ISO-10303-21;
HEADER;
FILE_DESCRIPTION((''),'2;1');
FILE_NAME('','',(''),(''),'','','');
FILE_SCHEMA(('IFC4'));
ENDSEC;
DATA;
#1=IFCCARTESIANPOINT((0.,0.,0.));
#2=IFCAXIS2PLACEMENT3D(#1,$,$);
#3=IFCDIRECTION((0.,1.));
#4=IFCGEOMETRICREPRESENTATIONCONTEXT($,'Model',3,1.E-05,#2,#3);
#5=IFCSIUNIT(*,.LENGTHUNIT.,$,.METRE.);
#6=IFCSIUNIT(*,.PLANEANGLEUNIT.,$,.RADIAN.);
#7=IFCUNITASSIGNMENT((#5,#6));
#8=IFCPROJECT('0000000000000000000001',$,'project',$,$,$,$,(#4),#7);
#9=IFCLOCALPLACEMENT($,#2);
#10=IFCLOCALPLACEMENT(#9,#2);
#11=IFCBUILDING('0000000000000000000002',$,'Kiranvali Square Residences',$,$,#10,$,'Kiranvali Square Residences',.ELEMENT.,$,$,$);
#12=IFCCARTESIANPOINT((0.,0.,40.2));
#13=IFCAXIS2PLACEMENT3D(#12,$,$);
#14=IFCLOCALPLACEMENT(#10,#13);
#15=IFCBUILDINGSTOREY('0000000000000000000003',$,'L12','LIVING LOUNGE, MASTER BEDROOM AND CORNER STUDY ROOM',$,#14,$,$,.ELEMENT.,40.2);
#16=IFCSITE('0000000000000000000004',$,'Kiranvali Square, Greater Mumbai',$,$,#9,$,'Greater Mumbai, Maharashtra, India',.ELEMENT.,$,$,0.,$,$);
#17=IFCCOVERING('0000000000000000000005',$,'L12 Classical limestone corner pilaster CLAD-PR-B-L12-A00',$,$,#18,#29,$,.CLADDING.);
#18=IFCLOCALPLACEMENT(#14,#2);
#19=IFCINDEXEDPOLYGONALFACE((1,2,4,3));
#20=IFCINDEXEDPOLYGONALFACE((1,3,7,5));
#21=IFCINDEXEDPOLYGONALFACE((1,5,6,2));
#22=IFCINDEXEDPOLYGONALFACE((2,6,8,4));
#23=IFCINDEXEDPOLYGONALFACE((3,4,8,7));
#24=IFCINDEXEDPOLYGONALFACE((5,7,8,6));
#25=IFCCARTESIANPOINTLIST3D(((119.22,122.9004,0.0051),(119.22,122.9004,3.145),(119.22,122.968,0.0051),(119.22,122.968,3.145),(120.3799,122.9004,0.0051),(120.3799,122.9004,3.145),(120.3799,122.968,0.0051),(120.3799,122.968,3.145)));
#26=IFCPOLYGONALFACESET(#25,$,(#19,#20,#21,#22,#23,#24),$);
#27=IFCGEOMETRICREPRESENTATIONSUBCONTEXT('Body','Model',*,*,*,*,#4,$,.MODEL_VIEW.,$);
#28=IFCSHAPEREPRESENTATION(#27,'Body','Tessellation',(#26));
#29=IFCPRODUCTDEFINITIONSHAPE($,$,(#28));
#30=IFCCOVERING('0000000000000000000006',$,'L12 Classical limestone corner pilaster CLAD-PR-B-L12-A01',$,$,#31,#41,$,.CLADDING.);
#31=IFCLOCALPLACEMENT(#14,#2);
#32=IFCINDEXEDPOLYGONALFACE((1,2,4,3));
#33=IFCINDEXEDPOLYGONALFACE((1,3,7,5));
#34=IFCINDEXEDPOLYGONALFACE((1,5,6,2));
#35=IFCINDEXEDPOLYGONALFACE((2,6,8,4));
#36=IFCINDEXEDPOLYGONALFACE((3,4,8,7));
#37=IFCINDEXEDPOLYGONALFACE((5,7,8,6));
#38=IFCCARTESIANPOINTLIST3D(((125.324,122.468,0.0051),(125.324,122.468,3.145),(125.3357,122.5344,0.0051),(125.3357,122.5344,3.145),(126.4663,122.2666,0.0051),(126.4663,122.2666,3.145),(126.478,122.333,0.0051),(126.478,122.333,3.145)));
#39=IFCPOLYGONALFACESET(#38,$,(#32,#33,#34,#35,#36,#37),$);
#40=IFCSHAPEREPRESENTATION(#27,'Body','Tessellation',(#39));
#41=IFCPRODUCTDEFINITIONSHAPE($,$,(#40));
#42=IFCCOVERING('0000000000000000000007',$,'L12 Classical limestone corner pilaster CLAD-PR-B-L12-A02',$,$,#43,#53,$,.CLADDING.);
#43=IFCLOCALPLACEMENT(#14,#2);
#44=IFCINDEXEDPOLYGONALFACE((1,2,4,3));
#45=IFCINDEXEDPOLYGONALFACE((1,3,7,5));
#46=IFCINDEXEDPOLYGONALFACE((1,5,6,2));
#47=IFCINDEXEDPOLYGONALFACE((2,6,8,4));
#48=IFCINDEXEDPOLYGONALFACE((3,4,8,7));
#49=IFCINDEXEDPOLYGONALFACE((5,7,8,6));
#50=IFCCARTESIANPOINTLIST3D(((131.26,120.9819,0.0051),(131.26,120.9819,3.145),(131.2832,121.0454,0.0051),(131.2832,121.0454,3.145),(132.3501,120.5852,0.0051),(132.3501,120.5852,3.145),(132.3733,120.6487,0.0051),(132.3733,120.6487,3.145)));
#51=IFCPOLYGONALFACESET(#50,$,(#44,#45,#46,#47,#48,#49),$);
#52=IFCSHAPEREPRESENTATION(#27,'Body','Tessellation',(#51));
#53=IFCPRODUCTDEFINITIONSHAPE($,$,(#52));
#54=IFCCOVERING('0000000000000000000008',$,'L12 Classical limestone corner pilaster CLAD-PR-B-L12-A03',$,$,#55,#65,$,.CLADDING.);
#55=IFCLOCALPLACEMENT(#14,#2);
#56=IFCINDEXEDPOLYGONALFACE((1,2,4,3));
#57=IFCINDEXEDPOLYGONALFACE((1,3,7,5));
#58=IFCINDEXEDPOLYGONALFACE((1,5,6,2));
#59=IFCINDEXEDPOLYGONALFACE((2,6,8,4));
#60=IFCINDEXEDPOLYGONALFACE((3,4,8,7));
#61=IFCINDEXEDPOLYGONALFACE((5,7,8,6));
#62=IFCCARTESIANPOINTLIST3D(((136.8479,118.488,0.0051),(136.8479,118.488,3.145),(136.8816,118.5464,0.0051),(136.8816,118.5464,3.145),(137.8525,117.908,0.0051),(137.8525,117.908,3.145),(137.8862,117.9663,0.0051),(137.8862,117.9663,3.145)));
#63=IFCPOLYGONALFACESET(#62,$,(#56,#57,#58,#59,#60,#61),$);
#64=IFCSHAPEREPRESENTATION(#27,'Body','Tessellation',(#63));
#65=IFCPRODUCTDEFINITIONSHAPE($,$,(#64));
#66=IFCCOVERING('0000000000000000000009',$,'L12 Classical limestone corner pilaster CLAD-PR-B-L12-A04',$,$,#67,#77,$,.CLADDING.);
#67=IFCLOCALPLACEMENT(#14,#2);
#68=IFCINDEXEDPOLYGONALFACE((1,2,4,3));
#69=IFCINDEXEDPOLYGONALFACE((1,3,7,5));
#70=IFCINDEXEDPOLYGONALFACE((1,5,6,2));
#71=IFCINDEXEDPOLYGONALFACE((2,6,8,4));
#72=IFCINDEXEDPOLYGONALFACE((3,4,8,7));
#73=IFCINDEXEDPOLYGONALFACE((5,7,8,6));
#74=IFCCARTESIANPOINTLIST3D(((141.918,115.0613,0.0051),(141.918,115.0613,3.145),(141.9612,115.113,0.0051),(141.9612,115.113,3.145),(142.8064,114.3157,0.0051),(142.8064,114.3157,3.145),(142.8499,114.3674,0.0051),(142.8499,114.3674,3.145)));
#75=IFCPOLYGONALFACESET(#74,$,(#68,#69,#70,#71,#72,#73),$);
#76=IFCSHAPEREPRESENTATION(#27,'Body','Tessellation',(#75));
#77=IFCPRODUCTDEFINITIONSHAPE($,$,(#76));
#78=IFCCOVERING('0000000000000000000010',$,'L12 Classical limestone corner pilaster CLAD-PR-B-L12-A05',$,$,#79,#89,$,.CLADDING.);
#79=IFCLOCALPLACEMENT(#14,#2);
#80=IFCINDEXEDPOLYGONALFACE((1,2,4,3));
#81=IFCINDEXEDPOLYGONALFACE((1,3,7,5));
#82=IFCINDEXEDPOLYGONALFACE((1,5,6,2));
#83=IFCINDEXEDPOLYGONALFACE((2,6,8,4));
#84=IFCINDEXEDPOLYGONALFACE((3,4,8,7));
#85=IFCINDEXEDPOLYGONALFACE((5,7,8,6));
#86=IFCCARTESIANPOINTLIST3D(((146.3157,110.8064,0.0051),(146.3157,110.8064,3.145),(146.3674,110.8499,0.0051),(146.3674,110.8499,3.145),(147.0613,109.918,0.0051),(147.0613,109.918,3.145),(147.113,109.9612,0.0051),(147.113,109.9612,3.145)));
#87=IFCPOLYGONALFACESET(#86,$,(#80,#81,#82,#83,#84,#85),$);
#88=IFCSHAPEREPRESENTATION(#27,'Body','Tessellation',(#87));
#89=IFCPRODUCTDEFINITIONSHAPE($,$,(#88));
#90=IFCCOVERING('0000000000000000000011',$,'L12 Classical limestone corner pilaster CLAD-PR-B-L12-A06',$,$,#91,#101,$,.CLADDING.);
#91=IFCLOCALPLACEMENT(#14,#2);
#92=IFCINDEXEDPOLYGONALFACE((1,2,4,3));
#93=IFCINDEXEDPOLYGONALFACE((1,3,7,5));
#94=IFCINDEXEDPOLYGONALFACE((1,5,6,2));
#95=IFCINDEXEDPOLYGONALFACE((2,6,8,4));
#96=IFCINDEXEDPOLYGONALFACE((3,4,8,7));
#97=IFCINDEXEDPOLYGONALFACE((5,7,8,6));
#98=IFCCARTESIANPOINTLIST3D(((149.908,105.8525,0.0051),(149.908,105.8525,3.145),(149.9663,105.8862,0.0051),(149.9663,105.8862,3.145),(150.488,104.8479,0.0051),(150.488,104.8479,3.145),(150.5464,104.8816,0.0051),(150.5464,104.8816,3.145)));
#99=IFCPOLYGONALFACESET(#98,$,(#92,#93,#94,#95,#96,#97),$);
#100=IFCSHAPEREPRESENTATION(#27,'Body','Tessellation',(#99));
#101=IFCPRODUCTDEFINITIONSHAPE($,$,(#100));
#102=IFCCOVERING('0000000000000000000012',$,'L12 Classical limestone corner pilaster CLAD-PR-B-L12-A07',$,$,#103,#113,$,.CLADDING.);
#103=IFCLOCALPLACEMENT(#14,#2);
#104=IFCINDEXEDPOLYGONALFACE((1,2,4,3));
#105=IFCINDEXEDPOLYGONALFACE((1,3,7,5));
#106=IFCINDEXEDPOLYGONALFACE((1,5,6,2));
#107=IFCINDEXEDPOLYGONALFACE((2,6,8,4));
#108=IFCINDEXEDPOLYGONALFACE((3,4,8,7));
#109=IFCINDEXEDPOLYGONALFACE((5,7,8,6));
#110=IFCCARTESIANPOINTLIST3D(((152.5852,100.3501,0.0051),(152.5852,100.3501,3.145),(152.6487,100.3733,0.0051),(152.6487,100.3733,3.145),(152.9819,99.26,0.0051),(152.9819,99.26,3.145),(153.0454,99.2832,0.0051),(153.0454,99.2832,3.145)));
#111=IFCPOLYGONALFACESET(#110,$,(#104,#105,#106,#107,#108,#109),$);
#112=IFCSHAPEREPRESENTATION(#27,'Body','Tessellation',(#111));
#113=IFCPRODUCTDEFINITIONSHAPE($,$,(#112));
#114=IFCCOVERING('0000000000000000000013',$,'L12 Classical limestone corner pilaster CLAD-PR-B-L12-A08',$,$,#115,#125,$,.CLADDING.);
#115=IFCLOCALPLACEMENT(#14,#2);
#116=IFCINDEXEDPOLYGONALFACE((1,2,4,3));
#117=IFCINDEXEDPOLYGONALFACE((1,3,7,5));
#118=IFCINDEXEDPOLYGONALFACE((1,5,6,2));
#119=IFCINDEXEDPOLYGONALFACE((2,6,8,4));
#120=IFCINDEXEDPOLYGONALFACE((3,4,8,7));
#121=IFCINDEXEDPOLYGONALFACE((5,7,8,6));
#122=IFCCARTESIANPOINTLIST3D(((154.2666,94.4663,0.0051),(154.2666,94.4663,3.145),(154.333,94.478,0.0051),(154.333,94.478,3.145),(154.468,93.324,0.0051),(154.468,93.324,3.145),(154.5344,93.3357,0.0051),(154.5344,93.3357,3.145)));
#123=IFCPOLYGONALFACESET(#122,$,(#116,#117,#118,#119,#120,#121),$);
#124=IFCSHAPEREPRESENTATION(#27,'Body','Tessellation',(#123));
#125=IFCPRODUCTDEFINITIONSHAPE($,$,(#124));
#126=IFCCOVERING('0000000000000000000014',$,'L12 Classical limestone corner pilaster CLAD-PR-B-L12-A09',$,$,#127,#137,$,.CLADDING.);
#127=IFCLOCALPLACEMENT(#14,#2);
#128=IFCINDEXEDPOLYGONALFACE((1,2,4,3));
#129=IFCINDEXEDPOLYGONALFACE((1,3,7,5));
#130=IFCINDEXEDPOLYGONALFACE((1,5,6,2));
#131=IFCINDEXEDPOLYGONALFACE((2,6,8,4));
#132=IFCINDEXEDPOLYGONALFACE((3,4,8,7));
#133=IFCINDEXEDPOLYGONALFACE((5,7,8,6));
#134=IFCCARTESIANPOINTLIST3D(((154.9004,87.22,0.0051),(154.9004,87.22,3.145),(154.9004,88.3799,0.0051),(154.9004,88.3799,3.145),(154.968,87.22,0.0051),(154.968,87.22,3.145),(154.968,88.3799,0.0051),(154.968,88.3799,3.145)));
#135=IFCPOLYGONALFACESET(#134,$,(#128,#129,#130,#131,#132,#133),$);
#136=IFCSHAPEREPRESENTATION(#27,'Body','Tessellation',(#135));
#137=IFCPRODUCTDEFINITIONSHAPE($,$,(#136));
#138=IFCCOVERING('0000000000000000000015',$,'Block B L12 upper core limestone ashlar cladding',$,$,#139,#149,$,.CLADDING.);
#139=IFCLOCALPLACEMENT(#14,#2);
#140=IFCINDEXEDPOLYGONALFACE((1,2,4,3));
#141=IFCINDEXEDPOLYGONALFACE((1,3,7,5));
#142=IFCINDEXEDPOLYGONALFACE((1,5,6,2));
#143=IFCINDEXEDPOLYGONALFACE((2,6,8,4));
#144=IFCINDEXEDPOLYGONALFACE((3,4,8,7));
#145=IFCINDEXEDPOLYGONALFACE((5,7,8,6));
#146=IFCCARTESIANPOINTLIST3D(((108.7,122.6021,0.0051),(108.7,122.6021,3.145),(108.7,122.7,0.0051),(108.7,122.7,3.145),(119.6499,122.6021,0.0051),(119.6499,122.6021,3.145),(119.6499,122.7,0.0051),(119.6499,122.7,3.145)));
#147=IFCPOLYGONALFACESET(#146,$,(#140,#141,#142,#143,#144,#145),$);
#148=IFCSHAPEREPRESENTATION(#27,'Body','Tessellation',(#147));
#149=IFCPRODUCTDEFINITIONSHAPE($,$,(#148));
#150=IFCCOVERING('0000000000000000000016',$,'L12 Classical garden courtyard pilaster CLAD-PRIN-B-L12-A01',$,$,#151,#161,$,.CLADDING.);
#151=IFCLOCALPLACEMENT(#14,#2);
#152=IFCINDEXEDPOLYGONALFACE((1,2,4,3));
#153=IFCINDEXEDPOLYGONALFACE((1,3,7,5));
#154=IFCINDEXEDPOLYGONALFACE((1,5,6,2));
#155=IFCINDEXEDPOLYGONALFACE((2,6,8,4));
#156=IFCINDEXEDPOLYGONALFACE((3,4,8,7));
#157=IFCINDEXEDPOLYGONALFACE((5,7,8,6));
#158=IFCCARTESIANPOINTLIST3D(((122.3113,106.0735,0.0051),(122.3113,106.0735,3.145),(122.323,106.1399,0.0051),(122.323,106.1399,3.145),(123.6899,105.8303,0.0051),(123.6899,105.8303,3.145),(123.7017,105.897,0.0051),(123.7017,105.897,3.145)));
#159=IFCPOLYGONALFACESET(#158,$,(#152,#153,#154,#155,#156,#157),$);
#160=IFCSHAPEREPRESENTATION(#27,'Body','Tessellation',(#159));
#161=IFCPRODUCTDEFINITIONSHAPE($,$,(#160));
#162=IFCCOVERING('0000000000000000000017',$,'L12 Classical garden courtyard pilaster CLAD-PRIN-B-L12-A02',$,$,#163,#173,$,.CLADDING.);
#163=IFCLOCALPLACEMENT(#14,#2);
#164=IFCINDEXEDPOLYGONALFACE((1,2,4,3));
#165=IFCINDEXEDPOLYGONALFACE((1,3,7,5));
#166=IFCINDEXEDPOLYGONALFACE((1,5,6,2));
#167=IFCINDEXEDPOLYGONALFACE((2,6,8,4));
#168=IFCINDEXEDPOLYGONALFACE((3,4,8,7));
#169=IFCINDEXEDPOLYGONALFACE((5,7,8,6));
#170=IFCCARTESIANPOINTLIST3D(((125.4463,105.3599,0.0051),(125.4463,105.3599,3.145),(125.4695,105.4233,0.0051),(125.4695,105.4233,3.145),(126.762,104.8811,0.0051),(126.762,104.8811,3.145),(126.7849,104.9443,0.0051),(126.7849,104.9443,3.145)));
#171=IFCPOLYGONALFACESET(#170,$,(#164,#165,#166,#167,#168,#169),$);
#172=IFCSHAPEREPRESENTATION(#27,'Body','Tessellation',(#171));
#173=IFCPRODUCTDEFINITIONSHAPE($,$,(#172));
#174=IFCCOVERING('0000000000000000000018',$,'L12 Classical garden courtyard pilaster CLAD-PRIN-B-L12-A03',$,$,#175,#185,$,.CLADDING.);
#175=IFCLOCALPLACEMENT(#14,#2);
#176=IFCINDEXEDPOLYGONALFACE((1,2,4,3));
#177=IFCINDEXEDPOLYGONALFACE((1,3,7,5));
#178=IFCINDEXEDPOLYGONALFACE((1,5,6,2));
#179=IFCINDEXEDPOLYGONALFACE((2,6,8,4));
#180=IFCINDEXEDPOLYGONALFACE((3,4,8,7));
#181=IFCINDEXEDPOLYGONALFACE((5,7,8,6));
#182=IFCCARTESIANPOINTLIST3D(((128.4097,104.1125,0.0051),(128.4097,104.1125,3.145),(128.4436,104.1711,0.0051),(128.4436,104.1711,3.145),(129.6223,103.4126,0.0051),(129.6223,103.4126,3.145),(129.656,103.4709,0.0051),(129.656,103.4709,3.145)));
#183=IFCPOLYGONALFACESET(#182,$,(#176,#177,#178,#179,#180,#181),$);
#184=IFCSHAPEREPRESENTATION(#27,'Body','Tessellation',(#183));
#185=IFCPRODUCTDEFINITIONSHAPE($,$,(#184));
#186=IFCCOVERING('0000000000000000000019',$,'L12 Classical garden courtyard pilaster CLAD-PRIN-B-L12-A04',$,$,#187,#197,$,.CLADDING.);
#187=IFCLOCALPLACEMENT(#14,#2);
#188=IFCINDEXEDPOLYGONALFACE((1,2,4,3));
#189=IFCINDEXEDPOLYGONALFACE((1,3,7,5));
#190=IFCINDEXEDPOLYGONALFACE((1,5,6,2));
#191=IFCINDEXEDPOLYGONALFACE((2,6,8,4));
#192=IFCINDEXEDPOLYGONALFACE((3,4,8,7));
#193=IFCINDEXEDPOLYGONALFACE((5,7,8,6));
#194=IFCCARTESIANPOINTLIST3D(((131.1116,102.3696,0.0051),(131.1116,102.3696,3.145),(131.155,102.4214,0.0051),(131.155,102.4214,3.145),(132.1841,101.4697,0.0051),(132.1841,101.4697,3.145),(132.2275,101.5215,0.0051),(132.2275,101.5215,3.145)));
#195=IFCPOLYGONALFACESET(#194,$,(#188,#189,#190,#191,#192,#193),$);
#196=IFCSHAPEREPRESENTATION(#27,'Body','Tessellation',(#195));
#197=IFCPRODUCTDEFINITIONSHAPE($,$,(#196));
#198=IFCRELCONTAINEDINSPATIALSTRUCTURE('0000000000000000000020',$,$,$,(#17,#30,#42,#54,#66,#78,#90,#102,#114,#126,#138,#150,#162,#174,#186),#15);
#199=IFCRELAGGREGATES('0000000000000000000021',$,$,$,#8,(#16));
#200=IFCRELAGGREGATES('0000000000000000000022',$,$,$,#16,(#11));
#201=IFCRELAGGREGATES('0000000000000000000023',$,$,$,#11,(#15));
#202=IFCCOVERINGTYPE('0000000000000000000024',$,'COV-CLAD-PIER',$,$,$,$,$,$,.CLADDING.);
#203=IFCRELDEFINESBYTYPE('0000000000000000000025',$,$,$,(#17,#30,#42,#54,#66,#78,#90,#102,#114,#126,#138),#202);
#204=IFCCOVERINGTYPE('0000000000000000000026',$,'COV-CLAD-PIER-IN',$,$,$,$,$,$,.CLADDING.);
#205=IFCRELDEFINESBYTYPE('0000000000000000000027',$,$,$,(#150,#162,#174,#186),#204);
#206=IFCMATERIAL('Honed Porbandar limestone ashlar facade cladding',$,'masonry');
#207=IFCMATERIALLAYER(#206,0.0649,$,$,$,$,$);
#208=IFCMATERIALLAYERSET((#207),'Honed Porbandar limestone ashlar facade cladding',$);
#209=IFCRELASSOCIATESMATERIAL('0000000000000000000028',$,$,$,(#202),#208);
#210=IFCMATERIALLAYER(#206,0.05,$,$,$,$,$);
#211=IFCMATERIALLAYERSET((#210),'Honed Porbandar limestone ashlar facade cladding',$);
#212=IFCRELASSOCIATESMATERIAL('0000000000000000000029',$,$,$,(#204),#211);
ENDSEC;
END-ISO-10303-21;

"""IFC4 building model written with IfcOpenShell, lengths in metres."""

from ifc_helpers import new_model, si_unit, direction, frame, origin, place, context, subcontext, project, spatial, polyline, outline, extrude, material, layer, layer_set, type_object, element, save


model = new_model("IFC4")

# Units and contexts
model_context = context("Model", 3, precision=1e-05, world=origin(), true_north=direction((0.0, 1.0)))
body_context = subcontext(model_context, "Body", "Model", "MODEL_VIEW")
ifc_project = project(units=[si_unit("LENGTHUNIT", "METRE"), si_unit("PLANEANGLEUNIT", "RADIAN")], contexts=[model_context])

# Site, building, storey
site_placement = place(None, origin())
site = spatial("IfcSite", under=ifc_project, at=site_placement, Name="Kiranvali Square, Greater Mumbai", LongName="Greater Mumbai, Maharashtra, India", CompositionType="ELEMENT", RefElevation=0.0)
building_placement = place(site_placement, origin())
building = spatial("IfcBuilding", under=site, at=building_placement, Name="Kiranvali Square Residences", LongName="Kiranvali Square Residences", CompositionType="ELEMENT")
storey_placement = place(building_placement, frame((0.0, 0.0, 40.2)))
storey = spatial("IfcBuildingStorey", under=building, at=storey_placement, Name="L12", Description="LIVING LOUNGE, MASTER BEDROOM AND CORNER STUDY ROOM", CompositionType="ELEMENT", Elevation=40.2)

# Coverings
ifc_material = material(Name="Honed Porbandar limestone ashlar facade cladding", Category="masonry")
ifc_layer_1 = layer(ifc_material, 0.0649)
ifc_layer_set_1 = layer_set([ifc_layer_1], Name="Honed Porbandar limestone ashlar facade cladding")
covering_type_1 = type_object("IfcCoveringType", Name="COV-CLAD-PIER", PredefinedType="CLADDING", material=ifc_layer_set_1)
covering_1_placement = place(storey_placement, frame((0.0, 0.0, 0.0051)))
element("IfcCovering", 1, at=covering_1_placement, inside=storey, type_object=covering_type_1, Name="L12 Classical limestone corner pilaster CLAD-PR-B-L12-A00", PredefinedType="CLADDING", context=body_context, shape_type="SweptSolid", body=[
    extrude(outline(polyline([(120.3799, 122.968), (119.22, 122.968), (119.22, 122.9004), (120.3799, 122.9004), (120.3799, 122.968)])), origin(), (0.0, 0.0, 1.0), 3.1399),
])
covering_2_placement = place(storey_placement, frame((0.0, 0.0, 0.0051)))
element("IfcCovering", 2, at=covering_2_placement, inside=storey, type_object=covering_type_1, Name="L12 Classical limestone corner pilaster CLAD-PR-B-L12-A01", PredefinedType="CLADDING", context=body_context, shape_type="SweptSolid", body=[
    extrude(outline(polyline([(126.478, 122.333), (125.3357, 122.5344), (125.324, 122.468), (126.4663, 122.2666), (126.478, 122.333)])), origin(), (0.0, 0.0, 1.0), 3.1399),
])
covering_3_placement = place(storey_placement, frame((0.0, 0.0, 0.0051)))
element("IfcCovering", 3, at=covering_3_placement, inside=storey, type_object=covering_type_1, Name="L12 Classical limestone corner pilaster CLAD-PR-B-L12-A02", PredefinedType="CLADDING", context=body_context, shape_type="SweptSolid", body=[
    extrude(outline(polyline([(132.3733, 120.6487), (131.2832, 121.0454), (131.26, 120.9819), (132.3501, 120.5852), (132.3733, 120.6487)])), origin(), (0.0, 0.0, 1.0), 3.1399),
])
covering_4_placement = place(storey_placement, frame((0.0, 0.0, 0.0051)))
element("IfcCovering", 4, at=covering_4_placement, inside=storey, type_object=covering_type_1, Name="L12 Classical limestone corner pilaster CLAD-PR-B-L12-A03", PredefinedType="CLADDING", context=body_context, shape_type="SweptSolid", body=[
    extrude(outline(polyline([(137.8862, 117.9663), (136.8816, 118.5464), (136.8479, 118.488), (137.8525, 117.908), (137.8862, 117.9663)])), origin(), (0.0, 0.0, 1.0), 3.1399),
])
covering_5_placement = place(storey_placement, frame((0.0, 0.0, 0.0051)))
element("IfcCovering", 5, at=covering_5_placement, inside=storey, type_object=covering_type_1, Name="L12 Classical limestone corner pilaster CLAD-PR-B-L12-A04", PredefinedType="CLADDING", context=body_context, shape_type="SweptSolid", body=[
    extrude(outline(polyline([(142.8499, 114.3674), (141.9612, 115.113), (141.918, 115.0613), (142.8064, 114.3157), (142.8499, 114.3674)])), origin(), (0.0, 0.0, 1.0), 3.1399),
])
covering_6_placement = place(storey_placement, frame((0.0, 0.0, 0.0051)))
element("IfcCovering", 6, at=covering_6_placement, inside=storey, type_object=covering_type_1, Name="L12 Classical limestone corner pilaster CLAD-PR-B-L12-A05", PredefinedType="CLADDING", context=body_context, shape_type="SweptSolid", body=[
    extrude(outline(polyline([(147.113, 109.9612), (146.3674, 110.8499), (146.3157, 110.8064), (147.0613, 109.918), (147.113, 109.9612)])), origin(), (0.0, 0.0, 1.0), 3.1399),
])
covering_7_placement = place(storey_placement, frame((0.0, 0.0, 0.0051)))
element("IfcCovering", 7, at=covering_7_placement, inside=storey, type_object=covering_type_1, Name="L12 Classical limestone corner pilaster CLAD-PR-B-L12-A06", PredefinedType="CLADDING", context=body_context, shape_type="SweptSolid", body=[
    extrude(outline(polyline([(150.5464, 104.8816), (149.9663, 105.8862), (149.908, 105.8525), (150.488, 104.8479), (150.5464, 104.8816)])), origin(), (0.0, 0.0, 1.0), 3.1399),
])
covering_8_placement = place(storey_placement, frame((0.0, 0.0, 0.0051)))
element("IfcCovering", 8, at=covering_8_placement, inside=storey, type_object=covering_type_1, Name="L12 Classical limestone corner pilaster CLAD-PR-B-L12-A07", PredefinedType="CLADDING", context=body_context, shape_type="SweptSolid", body=[
    extrude(outline(polyline([(153.0454, 99.2832), (152.6487, 100.3733), (152.5852, 100.3501), (152.9819, 99.26), (153.0454, 99.2832)])), origin(), (0.0, 0.0, 1.0), 3.1399),
])
covering_9_placement = place(storey_placement, frame((0.0, 0.0, 0.0051)))
element("IfcCovering", 9, at=covering_9_placement, inside=storey, type_object=covering_type_1, Name="L12 Classical limestone corner pilaster CLAD-PR-B-L12-A08", PredefinedType="CLADDING", context=body_context, shape_type="SweptSolid", body=[
    extrude(outline(polyline([(154.5344, 93.3357), (154.333, 94.478), (154.2666, 94.4663), (154.468, 93.324), (154.5344, 93.3357)])), origin(), (0.0, 0.0, 1.0), 3.1399),
])
covering_10_placement = place(storey_placement, frame((0.0, 0.0, 0.0051)))
element("IfcCovering", 10, at=covering_10_placement, inside=storey, type_object=covering_type_1, Name="L12 Classical limestone corner pilaster CLAD-PR-B-L12-A09", PredefinedType="CLADDING", context=body_context, shape_type="SweptSolid", body=[
    extrude(outline(polyline([(154.968, 87.22), (154.968, 88.3799), (154.9004, 88.3799), (154.9004, 87.22), (154.968, 87.22)])), origin(), (0.0, 0.0, 1.0), 3.1399),
])
covering_11_placement = place(storey_placement, frame((0.0, 0.0, 0.0051)))
element("IfcCovering", 11, at=covering_11_placement, inside=storey, type_object=covering_type_1, Name="Block B L12 upper core limestone ashlar cladding", PredefinedType="CLADDING", context=body_context, shape_type="SweptSolid", body=[
    extrude(outline(polyline([(119.6499, 122.7), (108.7, 122.7), (108.7, 122.6021), (119.6499, 122.6021), (119.6499, 122.7)])), origin(), (0.0, 0.0, 1.0), 3.1399),
])
ifc_layer_2 = layer(ifc_material, 0.05)
ifc_layer_set_2 = layer_set([ifc_layer_2], Name="Honed Porbandar limestone ashlar facade cladding")
covering_type_2 = type_object("IfcCoveringType", Name="COV-CLAD-PIER-IN", PredefinedType="CLADDING", material=ifc_layer_set_2)
covering_12_placement = place(storey_placement, frame((0.0, 0.0, 0.0051)))
element("IfcCovering", 12, at=covering_12_placement, inside=storey, type_object=covering_type_2, Name="L12 Classical garden courtyard pilaster CLAD-PRIN-B-L12-A01", PredefinedType="CLADDING", context=body_context, shape_type="SweptSolid", body=[
    extrude(outline(polyline([(122.3113, 106.0735), (123.6899, 105.8303), (123.7017, 105.897), (122.323, 106.1399), (122.3113, 106.0735)])), origin(), (0.0, 0.0, 1.0), 3.1399),
])
covering_13_placement = place(storey_placement, frame((0.0, 0.0, 0.0051)))
element("IfcCovering", 13, at=covering_13_placement, inside=storey, type_object=covering_type_2, Name="L12 Classical garden courtyard pilaster CLAD-PRIN-B-L12-A02", PredefinedType="CLADDING", context=body_context, shape_type="SweptSolid", body=[
    extrude(outline(polyline([(125.4463, 105.3599), (126.762, 104.8811), (126.7849, 104.9443), (125.4695, 105.4233), (125.4463, 105.3599)])), origin(), (0.0, 0.0, 1.0), 3.1399),
])
covering_14_placement = place(storey_placement, frame((0.0, 0.0, 0.0051)))
element("IfcCovering", 14, at=covering_14_placement, inside=storey, type_object=covering_type_2, Name="L12 Classical garden courtyard pilaster CLAD-PRIN-B-L12-A03", PredefinedType="CLADDING", context=body_context, shape_type="SweptSolid", body=[
    extrude(outline(polyline([(128.4097, 104.1125), (129.6223, 103.4126), (129.656, 103.4709), (128.4436, 104.1711), (128.4097, 104.1125)])), origin(), (0.0, 0.0, 1.0), 3.1399),
])
covering_15_placement = place(storey_placement, frame((0.0, 0.0, 0.0051)))
element("IfcCovering", 15, at=covering_15_placement, inside=storey, type_object=covering_type_2, Name="L12 Classical garden courtyard pilaster CLAD-PRIN-B-L12-A04", PredefinedType="CLADDING", context=body_context, shape_type="SweptSolid", body=[
    extrude(outline(polyline([(131.1116, 102.3696), (132.1841, 101.4697), (132.2275, 101.5215), (131.155, 102.4214), (131.1116, 102.3696)])), origin(), (0.0, 0.0, 1.0), 3.1399),
])

save(model, "model.ifc")
